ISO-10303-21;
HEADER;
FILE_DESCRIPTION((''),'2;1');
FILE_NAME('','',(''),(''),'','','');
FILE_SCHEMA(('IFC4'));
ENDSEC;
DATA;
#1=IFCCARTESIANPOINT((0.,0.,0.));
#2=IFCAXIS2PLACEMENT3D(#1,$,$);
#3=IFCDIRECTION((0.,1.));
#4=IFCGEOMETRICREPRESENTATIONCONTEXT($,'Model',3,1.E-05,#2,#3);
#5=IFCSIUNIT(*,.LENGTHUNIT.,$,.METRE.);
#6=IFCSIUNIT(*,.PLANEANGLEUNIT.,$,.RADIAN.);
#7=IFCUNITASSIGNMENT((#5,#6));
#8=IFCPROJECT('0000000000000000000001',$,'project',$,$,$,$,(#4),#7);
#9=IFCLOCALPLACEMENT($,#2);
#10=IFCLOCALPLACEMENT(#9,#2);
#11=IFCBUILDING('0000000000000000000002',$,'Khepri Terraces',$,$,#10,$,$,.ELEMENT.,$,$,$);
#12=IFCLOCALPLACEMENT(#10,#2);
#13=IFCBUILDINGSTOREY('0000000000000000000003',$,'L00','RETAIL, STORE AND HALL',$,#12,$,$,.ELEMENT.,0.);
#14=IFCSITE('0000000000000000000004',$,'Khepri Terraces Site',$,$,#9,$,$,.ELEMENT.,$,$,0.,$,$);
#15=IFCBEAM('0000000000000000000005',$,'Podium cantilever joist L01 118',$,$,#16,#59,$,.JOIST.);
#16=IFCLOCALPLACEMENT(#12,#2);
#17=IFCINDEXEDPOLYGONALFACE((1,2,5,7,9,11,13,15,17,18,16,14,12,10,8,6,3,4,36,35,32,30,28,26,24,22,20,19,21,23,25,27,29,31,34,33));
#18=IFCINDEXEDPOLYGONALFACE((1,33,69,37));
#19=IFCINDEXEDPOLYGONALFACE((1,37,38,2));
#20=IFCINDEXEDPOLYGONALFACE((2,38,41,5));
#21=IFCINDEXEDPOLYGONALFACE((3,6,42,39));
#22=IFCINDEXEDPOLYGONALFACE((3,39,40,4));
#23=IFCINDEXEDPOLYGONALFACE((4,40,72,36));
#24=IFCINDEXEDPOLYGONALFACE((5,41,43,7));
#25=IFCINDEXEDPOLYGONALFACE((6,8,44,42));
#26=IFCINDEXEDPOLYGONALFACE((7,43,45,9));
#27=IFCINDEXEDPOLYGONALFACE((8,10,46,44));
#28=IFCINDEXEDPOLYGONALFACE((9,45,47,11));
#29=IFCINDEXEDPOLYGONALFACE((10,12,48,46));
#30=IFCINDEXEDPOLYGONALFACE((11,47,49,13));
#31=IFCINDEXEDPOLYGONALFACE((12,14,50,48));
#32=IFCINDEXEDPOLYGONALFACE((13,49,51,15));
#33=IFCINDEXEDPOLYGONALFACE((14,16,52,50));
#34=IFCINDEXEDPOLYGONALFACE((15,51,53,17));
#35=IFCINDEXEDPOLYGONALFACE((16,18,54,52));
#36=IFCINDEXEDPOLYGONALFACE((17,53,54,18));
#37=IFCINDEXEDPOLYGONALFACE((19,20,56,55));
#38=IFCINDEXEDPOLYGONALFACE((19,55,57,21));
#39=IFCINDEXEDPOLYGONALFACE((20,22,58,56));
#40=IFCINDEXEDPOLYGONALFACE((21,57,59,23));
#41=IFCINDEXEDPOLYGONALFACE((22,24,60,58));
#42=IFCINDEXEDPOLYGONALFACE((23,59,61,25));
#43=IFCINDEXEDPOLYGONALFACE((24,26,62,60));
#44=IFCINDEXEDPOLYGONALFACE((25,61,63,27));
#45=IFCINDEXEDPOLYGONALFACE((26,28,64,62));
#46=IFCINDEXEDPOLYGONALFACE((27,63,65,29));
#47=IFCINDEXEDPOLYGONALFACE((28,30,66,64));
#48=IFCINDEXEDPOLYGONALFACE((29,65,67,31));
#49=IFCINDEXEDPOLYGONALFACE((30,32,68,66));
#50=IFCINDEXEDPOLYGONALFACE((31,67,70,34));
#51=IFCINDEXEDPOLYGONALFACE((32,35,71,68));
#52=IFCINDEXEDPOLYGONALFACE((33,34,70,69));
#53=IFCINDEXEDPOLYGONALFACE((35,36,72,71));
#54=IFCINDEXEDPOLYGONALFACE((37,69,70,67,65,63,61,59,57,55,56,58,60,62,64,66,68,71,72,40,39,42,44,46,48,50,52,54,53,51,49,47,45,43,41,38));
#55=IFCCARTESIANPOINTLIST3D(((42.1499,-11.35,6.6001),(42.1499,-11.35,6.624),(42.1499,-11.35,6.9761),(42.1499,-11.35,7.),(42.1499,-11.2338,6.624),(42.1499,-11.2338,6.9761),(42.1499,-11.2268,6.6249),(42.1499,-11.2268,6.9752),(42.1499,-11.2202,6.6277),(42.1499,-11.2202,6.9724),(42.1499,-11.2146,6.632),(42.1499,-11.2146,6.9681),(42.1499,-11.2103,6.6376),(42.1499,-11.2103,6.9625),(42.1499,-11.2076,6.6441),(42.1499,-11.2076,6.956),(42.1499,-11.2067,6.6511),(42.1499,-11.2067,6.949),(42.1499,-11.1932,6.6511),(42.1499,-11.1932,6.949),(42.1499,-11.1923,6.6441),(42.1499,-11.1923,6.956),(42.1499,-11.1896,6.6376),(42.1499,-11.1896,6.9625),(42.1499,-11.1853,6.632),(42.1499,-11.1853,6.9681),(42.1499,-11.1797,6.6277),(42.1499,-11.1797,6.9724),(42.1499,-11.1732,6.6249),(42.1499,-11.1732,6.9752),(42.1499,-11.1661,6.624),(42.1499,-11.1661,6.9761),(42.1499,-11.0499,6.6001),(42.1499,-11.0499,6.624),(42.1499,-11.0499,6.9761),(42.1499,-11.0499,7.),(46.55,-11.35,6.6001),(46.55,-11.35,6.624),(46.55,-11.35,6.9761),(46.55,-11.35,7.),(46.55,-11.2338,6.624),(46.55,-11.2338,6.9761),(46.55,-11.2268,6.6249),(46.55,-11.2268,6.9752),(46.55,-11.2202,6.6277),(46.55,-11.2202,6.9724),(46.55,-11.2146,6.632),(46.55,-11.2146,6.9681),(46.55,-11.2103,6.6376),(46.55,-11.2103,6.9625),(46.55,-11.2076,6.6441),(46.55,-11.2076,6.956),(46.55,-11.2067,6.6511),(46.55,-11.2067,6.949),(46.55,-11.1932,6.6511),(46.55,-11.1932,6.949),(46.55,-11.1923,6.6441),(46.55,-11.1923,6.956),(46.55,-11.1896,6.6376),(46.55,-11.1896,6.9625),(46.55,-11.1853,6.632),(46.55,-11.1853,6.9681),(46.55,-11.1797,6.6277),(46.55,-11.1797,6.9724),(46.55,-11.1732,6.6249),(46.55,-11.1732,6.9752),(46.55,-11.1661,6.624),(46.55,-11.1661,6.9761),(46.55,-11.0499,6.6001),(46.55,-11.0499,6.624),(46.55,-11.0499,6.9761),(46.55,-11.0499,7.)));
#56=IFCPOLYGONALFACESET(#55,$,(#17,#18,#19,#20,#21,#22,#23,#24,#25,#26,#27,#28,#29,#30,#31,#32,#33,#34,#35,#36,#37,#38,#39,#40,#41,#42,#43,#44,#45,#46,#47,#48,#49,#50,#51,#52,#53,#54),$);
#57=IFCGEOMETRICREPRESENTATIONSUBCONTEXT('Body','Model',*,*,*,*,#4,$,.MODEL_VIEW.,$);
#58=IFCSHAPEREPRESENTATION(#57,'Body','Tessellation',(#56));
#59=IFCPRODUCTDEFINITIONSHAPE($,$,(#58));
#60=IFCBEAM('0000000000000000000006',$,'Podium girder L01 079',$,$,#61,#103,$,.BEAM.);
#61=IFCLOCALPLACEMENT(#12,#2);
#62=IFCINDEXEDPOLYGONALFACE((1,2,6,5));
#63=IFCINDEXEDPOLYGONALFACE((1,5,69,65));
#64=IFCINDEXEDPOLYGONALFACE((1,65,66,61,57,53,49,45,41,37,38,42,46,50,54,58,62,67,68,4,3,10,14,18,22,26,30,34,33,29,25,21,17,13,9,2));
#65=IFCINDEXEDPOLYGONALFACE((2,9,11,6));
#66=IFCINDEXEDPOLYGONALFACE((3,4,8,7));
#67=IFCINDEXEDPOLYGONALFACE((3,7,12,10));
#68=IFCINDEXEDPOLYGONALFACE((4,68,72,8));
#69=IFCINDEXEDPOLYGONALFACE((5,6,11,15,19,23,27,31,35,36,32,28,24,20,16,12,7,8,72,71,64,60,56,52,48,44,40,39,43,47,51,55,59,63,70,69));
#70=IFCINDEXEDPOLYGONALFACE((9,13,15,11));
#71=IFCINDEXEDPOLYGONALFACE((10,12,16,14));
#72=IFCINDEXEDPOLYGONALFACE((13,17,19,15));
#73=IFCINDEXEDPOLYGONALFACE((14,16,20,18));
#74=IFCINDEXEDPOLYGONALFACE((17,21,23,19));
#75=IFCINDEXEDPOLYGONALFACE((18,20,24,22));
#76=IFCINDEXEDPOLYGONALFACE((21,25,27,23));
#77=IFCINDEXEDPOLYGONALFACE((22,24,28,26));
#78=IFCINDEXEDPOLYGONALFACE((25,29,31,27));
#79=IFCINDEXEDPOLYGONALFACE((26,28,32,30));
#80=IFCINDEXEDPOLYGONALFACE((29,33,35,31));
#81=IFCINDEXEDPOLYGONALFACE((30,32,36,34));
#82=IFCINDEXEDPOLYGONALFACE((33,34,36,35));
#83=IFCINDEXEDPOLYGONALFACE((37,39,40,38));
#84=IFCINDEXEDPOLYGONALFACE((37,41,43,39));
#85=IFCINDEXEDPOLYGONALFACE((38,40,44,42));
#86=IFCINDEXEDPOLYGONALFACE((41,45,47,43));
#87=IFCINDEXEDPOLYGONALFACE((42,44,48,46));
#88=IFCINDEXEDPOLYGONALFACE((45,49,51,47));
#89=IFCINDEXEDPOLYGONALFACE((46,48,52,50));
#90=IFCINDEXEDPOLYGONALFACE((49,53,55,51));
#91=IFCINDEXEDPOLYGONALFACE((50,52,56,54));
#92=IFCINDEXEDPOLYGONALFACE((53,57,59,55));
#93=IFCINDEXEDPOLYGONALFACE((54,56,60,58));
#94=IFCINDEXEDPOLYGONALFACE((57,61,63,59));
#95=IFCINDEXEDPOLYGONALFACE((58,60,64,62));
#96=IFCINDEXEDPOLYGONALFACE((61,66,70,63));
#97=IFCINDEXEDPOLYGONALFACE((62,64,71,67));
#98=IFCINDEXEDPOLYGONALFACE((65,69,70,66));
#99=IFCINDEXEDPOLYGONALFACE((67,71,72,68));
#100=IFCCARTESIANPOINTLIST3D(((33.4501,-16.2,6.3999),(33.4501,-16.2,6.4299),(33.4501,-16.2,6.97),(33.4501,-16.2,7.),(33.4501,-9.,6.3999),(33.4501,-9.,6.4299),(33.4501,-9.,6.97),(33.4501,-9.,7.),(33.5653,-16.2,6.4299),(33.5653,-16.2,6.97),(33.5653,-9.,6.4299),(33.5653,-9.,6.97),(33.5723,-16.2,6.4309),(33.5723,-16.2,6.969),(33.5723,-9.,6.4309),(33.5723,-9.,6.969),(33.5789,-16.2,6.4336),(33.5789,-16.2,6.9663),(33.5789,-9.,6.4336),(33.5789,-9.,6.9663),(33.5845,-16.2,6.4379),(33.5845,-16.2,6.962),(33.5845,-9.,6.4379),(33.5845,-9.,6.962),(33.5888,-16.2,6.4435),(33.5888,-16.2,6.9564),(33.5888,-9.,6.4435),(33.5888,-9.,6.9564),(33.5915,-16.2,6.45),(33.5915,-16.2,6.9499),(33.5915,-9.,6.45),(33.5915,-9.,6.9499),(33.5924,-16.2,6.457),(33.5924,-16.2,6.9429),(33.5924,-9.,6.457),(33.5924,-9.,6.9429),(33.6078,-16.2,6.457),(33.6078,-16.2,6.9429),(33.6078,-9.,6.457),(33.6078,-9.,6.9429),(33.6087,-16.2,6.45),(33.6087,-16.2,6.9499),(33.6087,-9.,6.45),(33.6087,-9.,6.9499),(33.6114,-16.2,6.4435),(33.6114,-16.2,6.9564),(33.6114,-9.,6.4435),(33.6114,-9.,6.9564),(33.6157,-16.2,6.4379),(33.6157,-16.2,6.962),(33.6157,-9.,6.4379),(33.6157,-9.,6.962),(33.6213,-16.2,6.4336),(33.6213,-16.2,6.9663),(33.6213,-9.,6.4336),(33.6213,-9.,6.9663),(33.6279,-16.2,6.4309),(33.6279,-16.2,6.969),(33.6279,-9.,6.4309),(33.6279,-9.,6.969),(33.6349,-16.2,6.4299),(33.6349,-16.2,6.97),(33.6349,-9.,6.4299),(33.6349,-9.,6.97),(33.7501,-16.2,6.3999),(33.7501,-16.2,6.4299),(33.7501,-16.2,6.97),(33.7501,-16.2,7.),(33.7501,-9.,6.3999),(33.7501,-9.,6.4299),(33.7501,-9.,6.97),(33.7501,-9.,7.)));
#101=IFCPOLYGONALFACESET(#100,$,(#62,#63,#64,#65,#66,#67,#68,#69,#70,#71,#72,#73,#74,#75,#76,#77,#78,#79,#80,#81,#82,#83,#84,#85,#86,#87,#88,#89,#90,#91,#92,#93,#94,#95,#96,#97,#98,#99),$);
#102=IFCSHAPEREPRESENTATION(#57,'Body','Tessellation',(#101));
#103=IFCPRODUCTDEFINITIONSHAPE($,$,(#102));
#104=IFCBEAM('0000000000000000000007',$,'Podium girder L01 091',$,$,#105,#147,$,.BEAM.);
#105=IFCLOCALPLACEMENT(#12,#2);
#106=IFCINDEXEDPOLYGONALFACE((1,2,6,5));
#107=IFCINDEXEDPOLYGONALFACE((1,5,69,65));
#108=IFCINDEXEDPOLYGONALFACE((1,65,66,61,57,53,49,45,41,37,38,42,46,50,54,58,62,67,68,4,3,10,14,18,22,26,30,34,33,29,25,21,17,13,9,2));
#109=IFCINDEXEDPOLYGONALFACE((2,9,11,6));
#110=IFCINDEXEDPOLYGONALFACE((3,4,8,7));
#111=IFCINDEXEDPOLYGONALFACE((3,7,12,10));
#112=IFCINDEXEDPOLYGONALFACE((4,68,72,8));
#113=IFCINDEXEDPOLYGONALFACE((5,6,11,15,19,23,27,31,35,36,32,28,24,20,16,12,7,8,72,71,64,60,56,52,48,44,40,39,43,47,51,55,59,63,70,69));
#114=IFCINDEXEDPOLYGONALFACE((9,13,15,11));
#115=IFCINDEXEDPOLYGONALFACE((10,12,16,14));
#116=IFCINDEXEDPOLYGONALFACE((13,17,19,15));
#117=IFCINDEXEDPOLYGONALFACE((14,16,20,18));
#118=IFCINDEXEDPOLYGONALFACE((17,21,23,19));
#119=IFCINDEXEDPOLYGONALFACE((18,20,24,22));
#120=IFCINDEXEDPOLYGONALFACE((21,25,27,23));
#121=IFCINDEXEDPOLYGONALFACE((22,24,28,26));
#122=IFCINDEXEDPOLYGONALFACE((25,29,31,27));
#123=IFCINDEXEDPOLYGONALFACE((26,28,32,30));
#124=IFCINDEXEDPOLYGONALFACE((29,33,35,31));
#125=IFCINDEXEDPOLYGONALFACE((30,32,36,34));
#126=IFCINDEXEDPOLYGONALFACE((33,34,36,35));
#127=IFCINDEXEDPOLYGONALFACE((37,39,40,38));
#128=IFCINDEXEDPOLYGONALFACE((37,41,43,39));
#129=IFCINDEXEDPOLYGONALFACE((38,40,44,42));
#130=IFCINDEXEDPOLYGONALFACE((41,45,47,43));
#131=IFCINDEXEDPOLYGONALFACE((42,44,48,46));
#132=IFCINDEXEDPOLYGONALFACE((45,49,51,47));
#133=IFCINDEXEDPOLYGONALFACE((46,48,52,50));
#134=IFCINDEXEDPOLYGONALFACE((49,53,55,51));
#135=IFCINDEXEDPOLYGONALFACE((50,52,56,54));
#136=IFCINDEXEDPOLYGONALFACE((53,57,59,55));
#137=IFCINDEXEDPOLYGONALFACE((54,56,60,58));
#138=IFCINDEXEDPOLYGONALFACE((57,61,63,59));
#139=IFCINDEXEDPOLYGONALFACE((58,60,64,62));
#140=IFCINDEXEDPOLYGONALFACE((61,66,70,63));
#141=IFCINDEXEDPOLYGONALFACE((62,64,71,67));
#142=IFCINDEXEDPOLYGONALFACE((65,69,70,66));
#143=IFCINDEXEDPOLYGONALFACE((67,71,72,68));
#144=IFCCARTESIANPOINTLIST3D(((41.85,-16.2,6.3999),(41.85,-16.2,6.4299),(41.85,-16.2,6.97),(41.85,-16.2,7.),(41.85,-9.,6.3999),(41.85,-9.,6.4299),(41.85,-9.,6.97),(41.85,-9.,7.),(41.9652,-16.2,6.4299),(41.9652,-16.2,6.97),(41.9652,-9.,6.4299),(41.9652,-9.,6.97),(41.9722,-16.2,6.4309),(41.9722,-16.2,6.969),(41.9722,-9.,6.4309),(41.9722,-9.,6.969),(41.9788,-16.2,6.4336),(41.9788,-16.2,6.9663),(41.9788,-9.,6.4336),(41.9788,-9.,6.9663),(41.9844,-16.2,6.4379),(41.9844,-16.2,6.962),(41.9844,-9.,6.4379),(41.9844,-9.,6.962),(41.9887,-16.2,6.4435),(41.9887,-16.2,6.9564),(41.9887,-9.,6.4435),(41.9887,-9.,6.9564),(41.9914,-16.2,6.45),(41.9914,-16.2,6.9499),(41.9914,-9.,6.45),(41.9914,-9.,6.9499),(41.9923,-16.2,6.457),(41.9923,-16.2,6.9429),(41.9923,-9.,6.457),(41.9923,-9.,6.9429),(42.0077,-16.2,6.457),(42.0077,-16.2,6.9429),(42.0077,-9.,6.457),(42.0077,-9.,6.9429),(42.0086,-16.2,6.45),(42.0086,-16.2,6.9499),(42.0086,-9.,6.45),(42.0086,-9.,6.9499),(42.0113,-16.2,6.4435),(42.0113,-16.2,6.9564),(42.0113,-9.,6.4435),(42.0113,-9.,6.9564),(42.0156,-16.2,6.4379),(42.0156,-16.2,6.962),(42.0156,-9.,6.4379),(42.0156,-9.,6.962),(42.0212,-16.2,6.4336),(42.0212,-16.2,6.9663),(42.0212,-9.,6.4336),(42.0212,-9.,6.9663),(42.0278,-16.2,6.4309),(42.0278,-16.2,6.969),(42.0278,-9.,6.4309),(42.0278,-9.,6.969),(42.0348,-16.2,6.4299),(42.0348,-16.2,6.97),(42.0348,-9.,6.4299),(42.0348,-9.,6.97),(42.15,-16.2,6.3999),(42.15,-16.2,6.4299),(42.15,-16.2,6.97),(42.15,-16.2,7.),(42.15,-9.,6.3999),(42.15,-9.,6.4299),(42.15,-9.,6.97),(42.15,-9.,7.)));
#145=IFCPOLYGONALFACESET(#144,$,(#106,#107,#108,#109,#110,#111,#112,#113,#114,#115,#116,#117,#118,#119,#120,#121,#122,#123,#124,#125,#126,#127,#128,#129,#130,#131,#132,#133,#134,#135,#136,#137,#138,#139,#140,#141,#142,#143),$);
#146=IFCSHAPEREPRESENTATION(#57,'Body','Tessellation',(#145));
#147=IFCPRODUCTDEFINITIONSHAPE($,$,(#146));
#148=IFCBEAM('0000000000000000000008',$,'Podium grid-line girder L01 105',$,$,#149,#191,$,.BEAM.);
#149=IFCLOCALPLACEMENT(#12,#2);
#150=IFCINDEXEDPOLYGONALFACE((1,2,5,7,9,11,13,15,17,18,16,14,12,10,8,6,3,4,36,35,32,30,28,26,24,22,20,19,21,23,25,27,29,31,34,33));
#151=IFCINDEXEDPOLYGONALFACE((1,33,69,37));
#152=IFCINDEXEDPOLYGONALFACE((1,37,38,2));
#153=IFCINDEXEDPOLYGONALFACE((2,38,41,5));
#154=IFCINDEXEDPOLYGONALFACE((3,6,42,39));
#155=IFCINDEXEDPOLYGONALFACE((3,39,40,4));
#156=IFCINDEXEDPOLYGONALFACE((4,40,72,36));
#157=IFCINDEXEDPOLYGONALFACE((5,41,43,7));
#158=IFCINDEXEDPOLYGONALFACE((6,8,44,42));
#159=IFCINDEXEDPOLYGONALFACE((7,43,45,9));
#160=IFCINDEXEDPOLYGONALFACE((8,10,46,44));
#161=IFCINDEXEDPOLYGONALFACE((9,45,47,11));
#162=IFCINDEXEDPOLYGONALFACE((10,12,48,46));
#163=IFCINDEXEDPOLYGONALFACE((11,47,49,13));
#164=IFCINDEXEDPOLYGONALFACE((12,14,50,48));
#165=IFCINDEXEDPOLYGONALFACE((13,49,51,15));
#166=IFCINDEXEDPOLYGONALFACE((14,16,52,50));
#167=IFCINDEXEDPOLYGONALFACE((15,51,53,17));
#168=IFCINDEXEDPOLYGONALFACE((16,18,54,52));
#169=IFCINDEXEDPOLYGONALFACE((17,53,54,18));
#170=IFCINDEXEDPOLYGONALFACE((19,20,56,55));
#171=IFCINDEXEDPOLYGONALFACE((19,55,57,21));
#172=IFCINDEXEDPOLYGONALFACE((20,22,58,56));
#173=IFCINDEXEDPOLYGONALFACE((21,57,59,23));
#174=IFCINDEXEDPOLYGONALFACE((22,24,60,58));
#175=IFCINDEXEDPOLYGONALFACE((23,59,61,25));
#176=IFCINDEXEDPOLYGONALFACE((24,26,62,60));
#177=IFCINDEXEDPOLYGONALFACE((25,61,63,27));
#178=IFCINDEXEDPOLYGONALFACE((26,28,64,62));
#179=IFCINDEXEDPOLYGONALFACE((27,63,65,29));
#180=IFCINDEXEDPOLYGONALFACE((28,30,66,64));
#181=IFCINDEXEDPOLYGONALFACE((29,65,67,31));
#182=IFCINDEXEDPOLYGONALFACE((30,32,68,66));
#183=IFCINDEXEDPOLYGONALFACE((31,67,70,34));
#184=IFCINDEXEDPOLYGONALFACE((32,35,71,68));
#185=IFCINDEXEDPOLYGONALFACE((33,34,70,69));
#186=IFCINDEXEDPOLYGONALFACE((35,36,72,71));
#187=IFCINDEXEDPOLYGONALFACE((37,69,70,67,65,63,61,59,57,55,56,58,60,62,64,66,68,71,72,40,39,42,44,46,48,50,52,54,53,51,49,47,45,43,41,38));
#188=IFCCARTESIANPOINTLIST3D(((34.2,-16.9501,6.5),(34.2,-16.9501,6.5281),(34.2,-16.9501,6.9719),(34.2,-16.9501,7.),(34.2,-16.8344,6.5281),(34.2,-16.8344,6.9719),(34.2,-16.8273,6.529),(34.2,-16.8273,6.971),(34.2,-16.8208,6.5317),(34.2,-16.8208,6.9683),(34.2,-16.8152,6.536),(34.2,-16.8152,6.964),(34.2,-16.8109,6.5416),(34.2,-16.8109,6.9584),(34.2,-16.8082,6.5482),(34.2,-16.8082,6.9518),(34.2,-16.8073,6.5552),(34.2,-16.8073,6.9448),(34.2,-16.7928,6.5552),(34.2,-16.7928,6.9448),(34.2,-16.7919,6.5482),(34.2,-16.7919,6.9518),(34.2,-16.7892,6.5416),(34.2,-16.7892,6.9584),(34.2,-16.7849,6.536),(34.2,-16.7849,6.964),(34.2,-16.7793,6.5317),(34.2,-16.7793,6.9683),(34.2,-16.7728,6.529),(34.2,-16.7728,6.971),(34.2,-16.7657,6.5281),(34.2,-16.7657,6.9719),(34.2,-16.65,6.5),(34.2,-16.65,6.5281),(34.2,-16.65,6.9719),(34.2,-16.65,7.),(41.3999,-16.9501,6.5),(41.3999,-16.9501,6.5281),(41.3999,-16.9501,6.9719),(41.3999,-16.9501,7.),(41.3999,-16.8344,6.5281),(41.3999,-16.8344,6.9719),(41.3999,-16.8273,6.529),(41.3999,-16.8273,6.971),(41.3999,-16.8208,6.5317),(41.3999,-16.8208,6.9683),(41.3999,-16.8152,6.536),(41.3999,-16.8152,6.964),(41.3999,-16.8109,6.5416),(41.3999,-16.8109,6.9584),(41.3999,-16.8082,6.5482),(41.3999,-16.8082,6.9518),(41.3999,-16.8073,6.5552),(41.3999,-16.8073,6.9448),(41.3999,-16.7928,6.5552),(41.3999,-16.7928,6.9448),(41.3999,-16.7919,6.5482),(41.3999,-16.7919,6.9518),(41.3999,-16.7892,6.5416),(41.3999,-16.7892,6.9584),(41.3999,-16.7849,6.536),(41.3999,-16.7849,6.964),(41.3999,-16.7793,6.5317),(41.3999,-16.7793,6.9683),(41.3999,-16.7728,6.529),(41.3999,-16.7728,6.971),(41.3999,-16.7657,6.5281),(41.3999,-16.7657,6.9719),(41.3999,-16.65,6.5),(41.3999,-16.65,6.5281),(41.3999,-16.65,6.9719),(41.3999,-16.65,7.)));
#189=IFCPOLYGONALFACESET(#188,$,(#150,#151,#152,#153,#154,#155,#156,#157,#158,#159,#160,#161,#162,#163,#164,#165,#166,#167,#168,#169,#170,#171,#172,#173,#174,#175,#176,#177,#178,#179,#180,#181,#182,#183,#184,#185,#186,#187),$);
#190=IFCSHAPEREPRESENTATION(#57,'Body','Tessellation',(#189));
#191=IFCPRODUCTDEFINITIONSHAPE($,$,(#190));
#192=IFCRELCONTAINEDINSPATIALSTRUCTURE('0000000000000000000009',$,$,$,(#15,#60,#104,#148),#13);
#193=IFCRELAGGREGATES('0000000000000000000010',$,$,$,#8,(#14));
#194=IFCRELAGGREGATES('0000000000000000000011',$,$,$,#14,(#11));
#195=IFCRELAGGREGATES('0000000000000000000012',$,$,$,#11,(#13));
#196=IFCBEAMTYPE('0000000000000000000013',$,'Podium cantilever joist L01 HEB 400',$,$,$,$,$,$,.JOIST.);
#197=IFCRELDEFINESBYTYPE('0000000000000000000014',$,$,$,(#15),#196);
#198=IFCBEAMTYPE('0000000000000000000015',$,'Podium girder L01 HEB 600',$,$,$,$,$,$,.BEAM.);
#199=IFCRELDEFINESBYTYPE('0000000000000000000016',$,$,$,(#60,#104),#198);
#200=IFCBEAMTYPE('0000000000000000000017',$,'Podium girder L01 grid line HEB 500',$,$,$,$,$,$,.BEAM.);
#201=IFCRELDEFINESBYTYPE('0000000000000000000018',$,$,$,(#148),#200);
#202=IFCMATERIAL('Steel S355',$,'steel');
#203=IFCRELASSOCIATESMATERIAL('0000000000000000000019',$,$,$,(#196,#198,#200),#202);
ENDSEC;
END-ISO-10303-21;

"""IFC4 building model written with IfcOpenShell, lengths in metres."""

from ifc_helpers import new_model, si_unit, direction, frame, origin, origin_2d, place, context, subcontext, project, spatial, i_section, extrude, material, material_profile, profile_set, type_object, element, save


model = new_model("IFC4")

# Units and contexts
model_context = context("Model", 3, precision=1e-05, world=origin(), true_north=direction((0.0, 1.0)))
body_context = subcontext(model_context, "Body", "Model", "MODEL_VIEW")
ifc_project = project(units=[si_unit("LENGTHUNIT", "METRE"), si_unit("PLANEANGLEUNIT", "RADIAN")], contexts=[model_context])

# Site, building, storey
site_placement = place(None, origin())
site = spatial("IfcSite", under=ifc_project, at=site_placement, Name="Khepri Terraces Site", CompositionType="ELEMENT", RefElevation=0.0)
building_placement = place(site_placement, origin())
building = spatial("IfcBuilding", under=site, at=building_placement, Name="Khepri Terraces", CompositionType="ELEMENT")
storey_placement = place(building_placement, origin())
storey = spatial("IfcBuildingStorey", under=building, at=storey_placement, Name="L00", Description="RETAIL, STORE AND HALL", CompositionType="ELEMENT", Elevation=0.0)

# Beams
ifc_material_1 = material(Name="Steel S355", Category="steel")
ifc_material_profile_1 = material_profile(ifc_material_1, i_section(OverallWidth=0.3, OverallDepth=0.3999, WebThickness=0.0134, FlangeThickness=0.0239, FilletRadius=0.0271, at=origin_2d()), Name="Steel S355", Category="steel")
ifc_profile_set_1 = profile_set([ifc_material_profile_1], Name="Steel S355")
beam_type_1 = type_object("IfcBeamType", Name="Podium cantilever joist L01 HEB 400", PredefinedType="JOIST", material=ifc_profile_set_1)
for number, where, z_axis, x_axis, name in (
    (1, (42.1499, -11.2, 6.8), (1.0, 0.0, 0.0), (0.0, 1.0, 0.0), "Podium cantilever joist L01 118"),
):
    element("IfcBeam", number, at=place(storey_placement, frame(where, z_axis=z_axis, x_axis=x_axis)), inside=storey, type_object=beam_type_1, Name=name, PredefinedType="JOIST", context=body_context, shape_type="SweptSolid", body=[
        extrude(i_section(OverallWidth=0.3, OverallDepth=0.3999, WebThickness=0.0134, FlangeThickness=0.0239, FilletRadius=0.0271, at=origin_2d()), origin(), (0.0, 0.0, 1.0), 4.4001),
    ])
ifc_material_profile_2 = material_profile(ifc_material_1, i_section(OverallWidth=0.3, OverallDepth=0.6001, WebThickness=0.0154, FlangeThickness=0.03, FilletRadius=0.0271, at=origin_2d()), Name="Steel S355", Category="steel")
ifc_profile_set_2 = profile_set([ifc_material_profile_2], Name="Steel S355")
beam_type_2 = type_object("IfcBeamType", Name="Podium girder L01 HEB 600", PredefinedType="BEAM", material=ifc_profile_set_2)
for number, where, z_axis, x_axis, name in (
    (2, (33.6001, -16.2, 6.7), (0.0, 1.0, 0.0), (-1.0, 0.0, 0.0), "Podium girder L01 079"),
    (3, (42.0, -16.2, 6.7), (0.0, 1.0, 0.0), (-1.0, 0.0, 0.0), "Podium girder L01 091"),
):
    element("IfcBeam", number, at=place(storey_placement, frame(where, z_axis=z_axis, x_axis=x_axis)), inside=storey, type_object=beam_type_2, Name=name, PredefinedType="BEAM", context=body_context, shape_type="SweptSolid", body=[
        extrude(i_section(OverallWidth=0.3, OverallDepth=0.6001, WebThickness=0.0154, FlangeThickness=0.03, FilletRadius=0.0271, at=origin_2d()), origin(), (0.0, 0.0, 1.0), 7.2),
    ])
ifc_material_profile_3 = material_profile(ifc_material_1, i_section(OverallWidth=0.3, OverallDepth=0.5, WebThickness=0.0144, FlangeThickness=0.0281, FilletRadius=0.0271, at=origin_2d()), Name="Steel S355", Category="steel")
ifc_profile_set_3 = profile_set([ifc_material_profile_3], Name="Steel S355")
beam_type_3 = type_object("IfcBeamType", Name="Podium girder L01 grid line HEB 500", PredefinedType="BEAM", material=ifc_profile_set_3)
beam_1_placement = place(storey_placement, frame((34.2, -16.8, 6.75), z_axis=(1.0, 0.0, 0.0), x_axis=(0.0, 1.0, 0.0)))
element("IfcBeam", 4, at=beam_1_placement, inside=storey, type_object=beam_type_3, Name="Podium grid-line girder L01 105", PredefinedType="BEAM", context=body_context, shape_type="SweptSolid", body=[
    extrude(i_section(OverallWidth=0.3, OverallDepth=0.5, WebThickness=0.0144, FlangeThickness=0.0281, FilletRadius=0.0271, at=origin_2d()), origin(), (0.0, 0.0, 1.0), 7.2),
])

save(model, "model.ifc")
